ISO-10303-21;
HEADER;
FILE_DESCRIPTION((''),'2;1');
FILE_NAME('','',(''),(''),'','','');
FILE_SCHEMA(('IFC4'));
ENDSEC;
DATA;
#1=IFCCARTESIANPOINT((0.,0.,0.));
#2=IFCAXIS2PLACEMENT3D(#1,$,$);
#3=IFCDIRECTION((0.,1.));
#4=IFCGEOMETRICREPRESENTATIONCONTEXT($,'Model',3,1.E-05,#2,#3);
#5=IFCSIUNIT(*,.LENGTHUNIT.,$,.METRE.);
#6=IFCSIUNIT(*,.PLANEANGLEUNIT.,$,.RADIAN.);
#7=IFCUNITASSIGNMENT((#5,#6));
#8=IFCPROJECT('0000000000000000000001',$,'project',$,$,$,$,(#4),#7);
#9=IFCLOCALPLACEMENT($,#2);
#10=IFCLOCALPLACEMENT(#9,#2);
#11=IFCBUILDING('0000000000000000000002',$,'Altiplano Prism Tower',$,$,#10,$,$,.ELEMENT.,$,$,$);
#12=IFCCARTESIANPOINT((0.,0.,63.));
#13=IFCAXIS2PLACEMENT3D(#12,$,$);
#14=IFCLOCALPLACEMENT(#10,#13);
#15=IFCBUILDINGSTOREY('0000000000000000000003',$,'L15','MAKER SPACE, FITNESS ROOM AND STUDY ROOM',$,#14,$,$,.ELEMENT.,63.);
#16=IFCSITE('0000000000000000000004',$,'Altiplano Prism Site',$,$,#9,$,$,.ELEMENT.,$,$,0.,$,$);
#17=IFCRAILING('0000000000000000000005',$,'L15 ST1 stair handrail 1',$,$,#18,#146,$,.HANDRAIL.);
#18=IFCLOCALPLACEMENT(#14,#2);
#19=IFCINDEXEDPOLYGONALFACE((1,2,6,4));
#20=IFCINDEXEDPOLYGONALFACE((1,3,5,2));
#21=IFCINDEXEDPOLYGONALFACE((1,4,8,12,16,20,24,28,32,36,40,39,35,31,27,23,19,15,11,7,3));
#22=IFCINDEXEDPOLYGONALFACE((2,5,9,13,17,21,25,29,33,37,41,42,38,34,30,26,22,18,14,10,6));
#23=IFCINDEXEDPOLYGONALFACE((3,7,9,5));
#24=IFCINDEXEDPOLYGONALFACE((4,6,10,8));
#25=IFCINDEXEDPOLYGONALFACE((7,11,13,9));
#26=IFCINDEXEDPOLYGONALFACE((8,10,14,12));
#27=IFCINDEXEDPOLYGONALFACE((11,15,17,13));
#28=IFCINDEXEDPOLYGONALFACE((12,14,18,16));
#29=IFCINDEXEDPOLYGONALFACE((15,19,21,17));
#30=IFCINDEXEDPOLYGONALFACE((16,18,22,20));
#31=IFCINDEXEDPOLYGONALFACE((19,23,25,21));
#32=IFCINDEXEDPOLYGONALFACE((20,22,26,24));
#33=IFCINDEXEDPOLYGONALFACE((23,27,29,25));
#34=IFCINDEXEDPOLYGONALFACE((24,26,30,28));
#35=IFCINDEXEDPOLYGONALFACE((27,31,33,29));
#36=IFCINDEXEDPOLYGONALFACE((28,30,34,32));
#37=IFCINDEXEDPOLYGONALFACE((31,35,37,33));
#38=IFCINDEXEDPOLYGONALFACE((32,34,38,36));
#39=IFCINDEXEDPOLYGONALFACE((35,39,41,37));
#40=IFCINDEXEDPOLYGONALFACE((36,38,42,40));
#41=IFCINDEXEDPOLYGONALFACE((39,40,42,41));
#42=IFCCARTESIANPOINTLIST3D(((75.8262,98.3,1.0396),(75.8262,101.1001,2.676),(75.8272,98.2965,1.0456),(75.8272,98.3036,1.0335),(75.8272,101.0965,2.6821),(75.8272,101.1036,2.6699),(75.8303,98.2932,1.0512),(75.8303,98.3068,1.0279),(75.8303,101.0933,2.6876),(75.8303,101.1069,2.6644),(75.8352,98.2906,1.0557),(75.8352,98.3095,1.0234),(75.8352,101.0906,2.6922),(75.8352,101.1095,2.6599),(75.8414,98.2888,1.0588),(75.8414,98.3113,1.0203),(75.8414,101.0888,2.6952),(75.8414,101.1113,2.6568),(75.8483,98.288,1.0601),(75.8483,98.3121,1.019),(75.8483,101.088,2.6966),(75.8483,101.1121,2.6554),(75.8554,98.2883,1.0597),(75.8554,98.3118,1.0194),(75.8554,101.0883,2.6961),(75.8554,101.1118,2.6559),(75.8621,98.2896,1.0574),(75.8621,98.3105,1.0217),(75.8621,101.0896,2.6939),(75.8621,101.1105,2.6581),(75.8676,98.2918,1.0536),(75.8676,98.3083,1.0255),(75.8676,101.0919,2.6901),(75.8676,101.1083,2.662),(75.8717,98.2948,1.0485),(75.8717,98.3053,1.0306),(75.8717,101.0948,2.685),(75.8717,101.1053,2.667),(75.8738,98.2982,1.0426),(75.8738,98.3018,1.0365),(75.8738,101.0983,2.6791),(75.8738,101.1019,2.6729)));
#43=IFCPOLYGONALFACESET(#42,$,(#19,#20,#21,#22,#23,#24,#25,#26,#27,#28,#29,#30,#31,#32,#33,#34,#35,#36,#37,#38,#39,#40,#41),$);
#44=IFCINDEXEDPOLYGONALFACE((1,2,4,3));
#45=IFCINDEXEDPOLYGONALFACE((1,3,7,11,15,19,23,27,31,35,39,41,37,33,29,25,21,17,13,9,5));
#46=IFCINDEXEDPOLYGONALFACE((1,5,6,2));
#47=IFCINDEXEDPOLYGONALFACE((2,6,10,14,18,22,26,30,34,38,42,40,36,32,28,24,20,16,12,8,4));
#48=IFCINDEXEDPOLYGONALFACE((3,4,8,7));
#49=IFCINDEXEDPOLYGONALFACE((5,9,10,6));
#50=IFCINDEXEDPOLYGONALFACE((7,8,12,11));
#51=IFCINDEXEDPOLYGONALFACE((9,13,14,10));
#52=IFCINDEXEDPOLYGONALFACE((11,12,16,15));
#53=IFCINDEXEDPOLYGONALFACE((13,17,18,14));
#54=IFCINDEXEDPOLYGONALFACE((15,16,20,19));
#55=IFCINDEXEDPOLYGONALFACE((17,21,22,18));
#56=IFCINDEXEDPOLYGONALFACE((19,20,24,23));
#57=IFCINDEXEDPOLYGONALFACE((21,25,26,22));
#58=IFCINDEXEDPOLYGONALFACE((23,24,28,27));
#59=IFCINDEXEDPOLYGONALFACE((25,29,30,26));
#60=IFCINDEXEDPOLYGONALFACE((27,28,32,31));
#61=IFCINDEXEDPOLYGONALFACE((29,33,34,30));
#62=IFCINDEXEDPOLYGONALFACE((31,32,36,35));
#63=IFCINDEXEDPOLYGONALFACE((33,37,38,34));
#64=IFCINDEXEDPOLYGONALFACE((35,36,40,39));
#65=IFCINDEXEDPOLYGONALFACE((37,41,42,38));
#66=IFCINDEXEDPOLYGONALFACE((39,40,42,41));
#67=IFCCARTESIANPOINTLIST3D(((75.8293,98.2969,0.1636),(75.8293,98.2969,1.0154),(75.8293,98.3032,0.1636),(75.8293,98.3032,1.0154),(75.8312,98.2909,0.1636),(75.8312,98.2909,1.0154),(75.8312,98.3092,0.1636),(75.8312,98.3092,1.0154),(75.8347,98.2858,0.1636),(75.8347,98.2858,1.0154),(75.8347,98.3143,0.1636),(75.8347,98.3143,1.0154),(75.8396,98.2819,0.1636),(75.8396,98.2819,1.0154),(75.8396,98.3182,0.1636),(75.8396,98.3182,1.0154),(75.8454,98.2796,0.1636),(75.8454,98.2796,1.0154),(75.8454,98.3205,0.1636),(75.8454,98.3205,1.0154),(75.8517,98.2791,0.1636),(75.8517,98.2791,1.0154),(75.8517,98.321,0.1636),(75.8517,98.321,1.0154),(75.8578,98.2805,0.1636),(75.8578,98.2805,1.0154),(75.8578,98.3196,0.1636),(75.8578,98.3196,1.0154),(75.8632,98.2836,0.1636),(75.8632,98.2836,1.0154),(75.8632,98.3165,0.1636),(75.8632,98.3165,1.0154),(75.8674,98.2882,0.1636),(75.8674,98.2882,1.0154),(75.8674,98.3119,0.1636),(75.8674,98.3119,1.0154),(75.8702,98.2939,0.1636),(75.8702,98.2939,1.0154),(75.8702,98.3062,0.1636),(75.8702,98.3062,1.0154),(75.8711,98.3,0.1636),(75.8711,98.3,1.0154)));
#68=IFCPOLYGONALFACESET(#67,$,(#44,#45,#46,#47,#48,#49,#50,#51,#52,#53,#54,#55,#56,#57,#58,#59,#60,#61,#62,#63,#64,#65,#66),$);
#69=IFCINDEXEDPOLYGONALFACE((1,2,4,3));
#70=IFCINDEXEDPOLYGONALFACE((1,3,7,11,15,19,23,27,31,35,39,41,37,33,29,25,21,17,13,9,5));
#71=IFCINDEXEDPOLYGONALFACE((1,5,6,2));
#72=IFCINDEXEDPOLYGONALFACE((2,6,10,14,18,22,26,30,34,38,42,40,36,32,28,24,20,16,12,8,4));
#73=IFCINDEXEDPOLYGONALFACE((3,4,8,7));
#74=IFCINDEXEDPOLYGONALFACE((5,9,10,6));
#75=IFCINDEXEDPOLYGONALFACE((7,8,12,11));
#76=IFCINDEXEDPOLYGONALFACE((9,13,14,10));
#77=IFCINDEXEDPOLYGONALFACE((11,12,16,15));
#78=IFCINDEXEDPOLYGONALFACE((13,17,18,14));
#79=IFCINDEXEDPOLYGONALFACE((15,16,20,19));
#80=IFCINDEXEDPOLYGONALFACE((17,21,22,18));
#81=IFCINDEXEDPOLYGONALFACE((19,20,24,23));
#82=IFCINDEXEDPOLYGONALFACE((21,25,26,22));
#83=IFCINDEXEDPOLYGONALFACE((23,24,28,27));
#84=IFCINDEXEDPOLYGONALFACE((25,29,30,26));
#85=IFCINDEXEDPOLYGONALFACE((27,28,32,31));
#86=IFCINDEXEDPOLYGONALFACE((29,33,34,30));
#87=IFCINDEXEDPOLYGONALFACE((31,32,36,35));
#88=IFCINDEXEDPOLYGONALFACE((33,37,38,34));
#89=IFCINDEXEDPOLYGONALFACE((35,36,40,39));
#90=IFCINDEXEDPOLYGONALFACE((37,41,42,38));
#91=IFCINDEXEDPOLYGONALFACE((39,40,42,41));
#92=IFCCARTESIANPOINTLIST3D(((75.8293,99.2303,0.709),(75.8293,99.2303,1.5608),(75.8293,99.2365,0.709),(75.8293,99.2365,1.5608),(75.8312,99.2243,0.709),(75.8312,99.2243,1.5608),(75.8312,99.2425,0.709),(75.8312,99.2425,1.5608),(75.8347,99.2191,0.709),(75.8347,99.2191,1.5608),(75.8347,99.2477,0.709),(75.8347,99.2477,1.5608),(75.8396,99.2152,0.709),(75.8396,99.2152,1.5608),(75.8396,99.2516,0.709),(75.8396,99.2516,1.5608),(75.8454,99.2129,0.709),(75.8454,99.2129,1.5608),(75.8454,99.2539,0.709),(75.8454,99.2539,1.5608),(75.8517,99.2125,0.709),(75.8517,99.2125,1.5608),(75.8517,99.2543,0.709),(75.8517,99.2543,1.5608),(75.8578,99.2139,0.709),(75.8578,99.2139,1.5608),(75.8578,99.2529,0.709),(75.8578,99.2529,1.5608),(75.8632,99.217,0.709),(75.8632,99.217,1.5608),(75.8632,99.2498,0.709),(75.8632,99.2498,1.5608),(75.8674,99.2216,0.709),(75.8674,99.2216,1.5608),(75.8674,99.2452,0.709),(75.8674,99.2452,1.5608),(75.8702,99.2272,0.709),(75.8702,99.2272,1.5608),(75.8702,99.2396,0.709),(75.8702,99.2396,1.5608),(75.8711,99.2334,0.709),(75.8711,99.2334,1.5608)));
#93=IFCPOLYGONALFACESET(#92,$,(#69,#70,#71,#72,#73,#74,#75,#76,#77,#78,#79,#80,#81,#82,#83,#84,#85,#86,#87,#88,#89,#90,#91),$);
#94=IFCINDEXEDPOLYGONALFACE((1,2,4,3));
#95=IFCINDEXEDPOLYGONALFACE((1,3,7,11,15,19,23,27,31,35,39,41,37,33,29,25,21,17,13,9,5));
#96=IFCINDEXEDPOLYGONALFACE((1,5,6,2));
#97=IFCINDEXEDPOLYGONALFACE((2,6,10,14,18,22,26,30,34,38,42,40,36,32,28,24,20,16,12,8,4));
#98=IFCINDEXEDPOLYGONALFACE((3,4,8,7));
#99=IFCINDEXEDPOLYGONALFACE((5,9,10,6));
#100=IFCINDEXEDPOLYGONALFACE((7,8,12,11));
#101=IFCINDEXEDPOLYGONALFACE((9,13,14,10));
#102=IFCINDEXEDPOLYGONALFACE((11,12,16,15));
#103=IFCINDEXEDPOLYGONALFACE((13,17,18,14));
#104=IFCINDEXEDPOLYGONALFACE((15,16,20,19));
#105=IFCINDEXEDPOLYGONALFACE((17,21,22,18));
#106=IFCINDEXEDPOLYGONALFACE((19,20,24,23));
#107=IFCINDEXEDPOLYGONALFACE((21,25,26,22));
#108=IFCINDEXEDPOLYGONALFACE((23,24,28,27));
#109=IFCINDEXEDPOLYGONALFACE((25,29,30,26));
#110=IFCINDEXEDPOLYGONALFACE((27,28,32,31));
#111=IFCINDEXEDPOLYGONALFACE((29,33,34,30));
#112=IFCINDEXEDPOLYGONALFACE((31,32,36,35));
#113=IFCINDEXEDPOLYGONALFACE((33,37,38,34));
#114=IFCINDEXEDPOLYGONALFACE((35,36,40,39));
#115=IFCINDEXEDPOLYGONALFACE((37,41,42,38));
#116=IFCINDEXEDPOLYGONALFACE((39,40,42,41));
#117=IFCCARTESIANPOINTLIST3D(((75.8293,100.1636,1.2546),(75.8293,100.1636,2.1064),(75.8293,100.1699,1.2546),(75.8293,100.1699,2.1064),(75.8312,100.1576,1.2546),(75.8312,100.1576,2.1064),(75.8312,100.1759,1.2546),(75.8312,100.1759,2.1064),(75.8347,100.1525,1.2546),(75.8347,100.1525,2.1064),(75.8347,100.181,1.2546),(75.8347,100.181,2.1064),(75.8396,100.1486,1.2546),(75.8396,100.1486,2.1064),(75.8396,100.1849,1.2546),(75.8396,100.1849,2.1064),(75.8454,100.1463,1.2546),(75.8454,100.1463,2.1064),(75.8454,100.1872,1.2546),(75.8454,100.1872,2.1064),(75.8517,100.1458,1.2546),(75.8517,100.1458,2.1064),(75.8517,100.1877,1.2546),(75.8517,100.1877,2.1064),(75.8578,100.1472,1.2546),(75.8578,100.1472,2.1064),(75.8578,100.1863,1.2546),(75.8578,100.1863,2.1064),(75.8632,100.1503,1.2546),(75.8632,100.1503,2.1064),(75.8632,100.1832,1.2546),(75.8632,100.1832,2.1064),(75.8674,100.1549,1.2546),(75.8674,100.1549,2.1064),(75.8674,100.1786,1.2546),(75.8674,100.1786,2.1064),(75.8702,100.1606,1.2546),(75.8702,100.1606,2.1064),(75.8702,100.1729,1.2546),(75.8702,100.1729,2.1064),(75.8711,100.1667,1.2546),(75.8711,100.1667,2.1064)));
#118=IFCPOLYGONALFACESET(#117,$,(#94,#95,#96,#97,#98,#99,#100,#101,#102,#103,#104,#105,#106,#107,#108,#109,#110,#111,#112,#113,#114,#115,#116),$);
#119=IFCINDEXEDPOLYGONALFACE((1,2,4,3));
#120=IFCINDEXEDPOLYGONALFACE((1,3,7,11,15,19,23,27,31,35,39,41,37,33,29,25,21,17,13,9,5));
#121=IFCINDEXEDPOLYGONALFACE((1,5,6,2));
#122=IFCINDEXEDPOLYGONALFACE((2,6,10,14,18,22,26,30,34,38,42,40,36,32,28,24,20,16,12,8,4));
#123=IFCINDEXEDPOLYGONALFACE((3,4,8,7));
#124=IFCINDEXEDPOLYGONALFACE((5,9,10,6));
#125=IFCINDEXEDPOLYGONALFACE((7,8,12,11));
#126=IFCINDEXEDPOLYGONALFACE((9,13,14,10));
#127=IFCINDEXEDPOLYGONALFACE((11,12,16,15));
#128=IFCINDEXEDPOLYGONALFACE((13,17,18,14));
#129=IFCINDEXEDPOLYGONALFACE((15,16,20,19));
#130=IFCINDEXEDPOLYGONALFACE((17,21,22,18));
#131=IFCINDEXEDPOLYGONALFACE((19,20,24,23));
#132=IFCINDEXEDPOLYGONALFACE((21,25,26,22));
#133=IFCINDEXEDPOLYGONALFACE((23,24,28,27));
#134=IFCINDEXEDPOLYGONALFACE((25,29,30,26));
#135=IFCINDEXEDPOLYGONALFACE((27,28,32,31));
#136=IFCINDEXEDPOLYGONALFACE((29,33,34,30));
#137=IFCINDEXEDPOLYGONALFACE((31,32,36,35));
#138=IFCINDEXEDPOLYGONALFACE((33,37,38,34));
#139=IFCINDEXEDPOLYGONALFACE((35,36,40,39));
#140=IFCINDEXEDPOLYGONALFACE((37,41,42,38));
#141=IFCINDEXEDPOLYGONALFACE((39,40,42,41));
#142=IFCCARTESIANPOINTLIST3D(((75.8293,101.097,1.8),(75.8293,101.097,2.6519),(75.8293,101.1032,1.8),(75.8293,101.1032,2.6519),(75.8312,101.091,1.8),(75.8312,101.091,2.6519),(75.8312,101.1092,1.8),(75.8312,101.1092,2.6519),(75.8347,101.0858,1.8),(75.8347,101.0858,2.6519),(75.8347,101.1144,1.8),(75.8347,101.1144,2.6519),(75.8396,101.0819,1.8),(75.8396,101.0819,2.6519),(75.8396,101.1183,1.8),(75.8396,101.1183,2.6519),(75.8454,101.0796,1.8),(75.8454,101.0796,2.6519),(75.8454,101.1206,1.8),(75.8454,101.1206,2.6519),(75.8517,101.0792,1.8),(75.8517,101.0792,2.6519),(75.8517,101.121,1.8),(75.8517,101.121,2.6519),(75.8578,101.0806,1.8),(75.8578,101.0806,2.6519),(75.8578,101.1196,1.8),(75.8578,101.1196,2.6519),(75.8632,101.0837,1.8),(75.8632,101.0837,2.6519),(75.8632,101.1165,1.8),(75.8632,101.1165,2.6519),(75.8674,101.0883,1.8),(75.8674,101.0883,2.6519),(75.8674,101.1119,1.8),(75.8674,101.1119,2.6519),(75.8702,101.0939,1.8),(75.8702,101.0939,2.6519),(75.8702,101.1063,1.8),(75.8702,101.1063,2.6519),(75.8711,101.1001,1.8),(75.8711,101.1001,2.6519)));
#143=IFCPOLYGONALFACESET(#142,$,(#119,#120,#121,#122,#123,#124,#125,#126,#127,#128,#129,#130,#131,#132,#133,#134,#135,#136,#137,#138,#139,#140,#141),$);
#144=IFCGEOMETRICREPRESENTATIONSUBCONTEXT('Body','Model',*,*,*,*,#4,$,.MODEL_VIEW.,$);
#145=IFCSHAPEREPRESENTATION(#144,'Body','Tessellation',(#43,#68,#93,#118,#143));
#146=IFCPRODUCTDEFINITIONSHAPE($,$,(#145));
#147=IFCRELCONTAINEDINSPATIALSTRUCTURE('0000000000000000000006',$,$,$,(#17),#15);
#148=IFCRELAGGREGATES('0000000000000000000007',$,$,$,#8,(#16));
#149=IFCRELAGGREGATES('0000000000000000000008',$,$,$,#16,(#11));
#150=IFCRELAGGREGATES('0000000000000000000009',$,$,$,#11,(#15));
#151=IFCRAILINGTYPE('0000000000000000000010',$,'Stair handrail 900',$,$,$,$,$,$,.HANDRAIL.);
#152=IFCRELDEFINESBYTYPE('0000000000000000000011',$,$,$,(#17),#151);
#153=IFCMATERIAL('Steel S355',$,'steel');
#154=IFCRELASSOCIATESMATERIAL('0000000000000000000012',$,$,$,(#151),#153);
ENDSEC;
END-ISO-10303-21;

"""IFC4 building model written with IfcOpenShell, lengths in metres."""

from ifc_helpers import new_model, si_unit, direction, frame, origin, origin_2d, place, context, subcontext, project, spatial, circle, extrude, material, type_object, element, save


model = new_model("IFC4")

# Units and contexts
model_context = context("Model", 3, precision=1e-05, world=origin(), true_north=direction((0.0, 1.0)))
body_context = subcontext(model_context, "Body", "Model", "MODEL_VIEW")
ifc_project = project(units=[si_unit("LENGTHUNIT", "METRE"), si_unit("PLANEANGLEUNIT", "RADIAN")], contexts=[model_context])

# Site, building, storey
site_placement = place(None, origin())
site = spatial("IfcSite", under=ifc_project, at=site_placement, Name="Altiplano Prism Site", CompositionType="ELEMENT", RefElevation=0.0)
building_placement = place(site_placement, origin())
building = spatial("IfcBuilding", under=site, at=building_placement, Name="Altiplano Prism Tower", CompositionType="ELEMENT")
storey_placement = place(building_placement, frame((0.0, 0.0, 63.0)))
storey = spatial("IfcBuildingStorey", under=building, at=storey_placement, Name="L15", Description="MAKER SPACE, FITNESS ROOM AND STUDY ROOM", CompositionType="ELEMENT", Elevation=63.0)

# Railing
ifc_material_1 = material(Name="Steel S355", Category="steel")
railing_type_1 = type_object("IfcRailingType", Name="Stair handrail 900", PredefinedType="HANDRAIL", material=ifc_material_1)
railing_1_placement = place(storey_placement, frame((75.8501, 98.3, 0.1636)))
element("IfcRailing", 1, at=railing_1_placement, inside=storey, type_object=railing_type_1, Name="L15 ST1 stair handrail 1", PredefinedType="HANDRAIL", context=body_context, shape_type="SweptSolid", body=[
    extrude(circle(Radius=0.0239, at=origin_2d()), frame((0.0, 0.0, 0.876), z_axis=(0.0, 0.863361, 0.504587), x_axis=(-1.0, 0.0, 0.0)), (0.0, 0.0, 1.0), 3.2432),
    extrude(circle(Radius=0.021, at=origin_2d()), origin(), (0.0, 0.0, 1.0), 0.8518),
    extrude(circle(Radius=0.021, at=origin_2d()), frame((0.0, 0.9333, 0.5454)), (0.0, 0.0, 1.0), 0.8518),
    extrude(circle(Radius=0.021, at=origin_2d()), frame((0.0, 1.8667, 1.0911)), (0.0, 0.0, 1.0), 0.8518),
    extrude(circle(Radius=0.021, at=origin_2d()), frame((0.0, 2.8, 1.6365)), (0.0, 0.0, 1.0), 0.8518),
])

save(model, "model.ifc")
